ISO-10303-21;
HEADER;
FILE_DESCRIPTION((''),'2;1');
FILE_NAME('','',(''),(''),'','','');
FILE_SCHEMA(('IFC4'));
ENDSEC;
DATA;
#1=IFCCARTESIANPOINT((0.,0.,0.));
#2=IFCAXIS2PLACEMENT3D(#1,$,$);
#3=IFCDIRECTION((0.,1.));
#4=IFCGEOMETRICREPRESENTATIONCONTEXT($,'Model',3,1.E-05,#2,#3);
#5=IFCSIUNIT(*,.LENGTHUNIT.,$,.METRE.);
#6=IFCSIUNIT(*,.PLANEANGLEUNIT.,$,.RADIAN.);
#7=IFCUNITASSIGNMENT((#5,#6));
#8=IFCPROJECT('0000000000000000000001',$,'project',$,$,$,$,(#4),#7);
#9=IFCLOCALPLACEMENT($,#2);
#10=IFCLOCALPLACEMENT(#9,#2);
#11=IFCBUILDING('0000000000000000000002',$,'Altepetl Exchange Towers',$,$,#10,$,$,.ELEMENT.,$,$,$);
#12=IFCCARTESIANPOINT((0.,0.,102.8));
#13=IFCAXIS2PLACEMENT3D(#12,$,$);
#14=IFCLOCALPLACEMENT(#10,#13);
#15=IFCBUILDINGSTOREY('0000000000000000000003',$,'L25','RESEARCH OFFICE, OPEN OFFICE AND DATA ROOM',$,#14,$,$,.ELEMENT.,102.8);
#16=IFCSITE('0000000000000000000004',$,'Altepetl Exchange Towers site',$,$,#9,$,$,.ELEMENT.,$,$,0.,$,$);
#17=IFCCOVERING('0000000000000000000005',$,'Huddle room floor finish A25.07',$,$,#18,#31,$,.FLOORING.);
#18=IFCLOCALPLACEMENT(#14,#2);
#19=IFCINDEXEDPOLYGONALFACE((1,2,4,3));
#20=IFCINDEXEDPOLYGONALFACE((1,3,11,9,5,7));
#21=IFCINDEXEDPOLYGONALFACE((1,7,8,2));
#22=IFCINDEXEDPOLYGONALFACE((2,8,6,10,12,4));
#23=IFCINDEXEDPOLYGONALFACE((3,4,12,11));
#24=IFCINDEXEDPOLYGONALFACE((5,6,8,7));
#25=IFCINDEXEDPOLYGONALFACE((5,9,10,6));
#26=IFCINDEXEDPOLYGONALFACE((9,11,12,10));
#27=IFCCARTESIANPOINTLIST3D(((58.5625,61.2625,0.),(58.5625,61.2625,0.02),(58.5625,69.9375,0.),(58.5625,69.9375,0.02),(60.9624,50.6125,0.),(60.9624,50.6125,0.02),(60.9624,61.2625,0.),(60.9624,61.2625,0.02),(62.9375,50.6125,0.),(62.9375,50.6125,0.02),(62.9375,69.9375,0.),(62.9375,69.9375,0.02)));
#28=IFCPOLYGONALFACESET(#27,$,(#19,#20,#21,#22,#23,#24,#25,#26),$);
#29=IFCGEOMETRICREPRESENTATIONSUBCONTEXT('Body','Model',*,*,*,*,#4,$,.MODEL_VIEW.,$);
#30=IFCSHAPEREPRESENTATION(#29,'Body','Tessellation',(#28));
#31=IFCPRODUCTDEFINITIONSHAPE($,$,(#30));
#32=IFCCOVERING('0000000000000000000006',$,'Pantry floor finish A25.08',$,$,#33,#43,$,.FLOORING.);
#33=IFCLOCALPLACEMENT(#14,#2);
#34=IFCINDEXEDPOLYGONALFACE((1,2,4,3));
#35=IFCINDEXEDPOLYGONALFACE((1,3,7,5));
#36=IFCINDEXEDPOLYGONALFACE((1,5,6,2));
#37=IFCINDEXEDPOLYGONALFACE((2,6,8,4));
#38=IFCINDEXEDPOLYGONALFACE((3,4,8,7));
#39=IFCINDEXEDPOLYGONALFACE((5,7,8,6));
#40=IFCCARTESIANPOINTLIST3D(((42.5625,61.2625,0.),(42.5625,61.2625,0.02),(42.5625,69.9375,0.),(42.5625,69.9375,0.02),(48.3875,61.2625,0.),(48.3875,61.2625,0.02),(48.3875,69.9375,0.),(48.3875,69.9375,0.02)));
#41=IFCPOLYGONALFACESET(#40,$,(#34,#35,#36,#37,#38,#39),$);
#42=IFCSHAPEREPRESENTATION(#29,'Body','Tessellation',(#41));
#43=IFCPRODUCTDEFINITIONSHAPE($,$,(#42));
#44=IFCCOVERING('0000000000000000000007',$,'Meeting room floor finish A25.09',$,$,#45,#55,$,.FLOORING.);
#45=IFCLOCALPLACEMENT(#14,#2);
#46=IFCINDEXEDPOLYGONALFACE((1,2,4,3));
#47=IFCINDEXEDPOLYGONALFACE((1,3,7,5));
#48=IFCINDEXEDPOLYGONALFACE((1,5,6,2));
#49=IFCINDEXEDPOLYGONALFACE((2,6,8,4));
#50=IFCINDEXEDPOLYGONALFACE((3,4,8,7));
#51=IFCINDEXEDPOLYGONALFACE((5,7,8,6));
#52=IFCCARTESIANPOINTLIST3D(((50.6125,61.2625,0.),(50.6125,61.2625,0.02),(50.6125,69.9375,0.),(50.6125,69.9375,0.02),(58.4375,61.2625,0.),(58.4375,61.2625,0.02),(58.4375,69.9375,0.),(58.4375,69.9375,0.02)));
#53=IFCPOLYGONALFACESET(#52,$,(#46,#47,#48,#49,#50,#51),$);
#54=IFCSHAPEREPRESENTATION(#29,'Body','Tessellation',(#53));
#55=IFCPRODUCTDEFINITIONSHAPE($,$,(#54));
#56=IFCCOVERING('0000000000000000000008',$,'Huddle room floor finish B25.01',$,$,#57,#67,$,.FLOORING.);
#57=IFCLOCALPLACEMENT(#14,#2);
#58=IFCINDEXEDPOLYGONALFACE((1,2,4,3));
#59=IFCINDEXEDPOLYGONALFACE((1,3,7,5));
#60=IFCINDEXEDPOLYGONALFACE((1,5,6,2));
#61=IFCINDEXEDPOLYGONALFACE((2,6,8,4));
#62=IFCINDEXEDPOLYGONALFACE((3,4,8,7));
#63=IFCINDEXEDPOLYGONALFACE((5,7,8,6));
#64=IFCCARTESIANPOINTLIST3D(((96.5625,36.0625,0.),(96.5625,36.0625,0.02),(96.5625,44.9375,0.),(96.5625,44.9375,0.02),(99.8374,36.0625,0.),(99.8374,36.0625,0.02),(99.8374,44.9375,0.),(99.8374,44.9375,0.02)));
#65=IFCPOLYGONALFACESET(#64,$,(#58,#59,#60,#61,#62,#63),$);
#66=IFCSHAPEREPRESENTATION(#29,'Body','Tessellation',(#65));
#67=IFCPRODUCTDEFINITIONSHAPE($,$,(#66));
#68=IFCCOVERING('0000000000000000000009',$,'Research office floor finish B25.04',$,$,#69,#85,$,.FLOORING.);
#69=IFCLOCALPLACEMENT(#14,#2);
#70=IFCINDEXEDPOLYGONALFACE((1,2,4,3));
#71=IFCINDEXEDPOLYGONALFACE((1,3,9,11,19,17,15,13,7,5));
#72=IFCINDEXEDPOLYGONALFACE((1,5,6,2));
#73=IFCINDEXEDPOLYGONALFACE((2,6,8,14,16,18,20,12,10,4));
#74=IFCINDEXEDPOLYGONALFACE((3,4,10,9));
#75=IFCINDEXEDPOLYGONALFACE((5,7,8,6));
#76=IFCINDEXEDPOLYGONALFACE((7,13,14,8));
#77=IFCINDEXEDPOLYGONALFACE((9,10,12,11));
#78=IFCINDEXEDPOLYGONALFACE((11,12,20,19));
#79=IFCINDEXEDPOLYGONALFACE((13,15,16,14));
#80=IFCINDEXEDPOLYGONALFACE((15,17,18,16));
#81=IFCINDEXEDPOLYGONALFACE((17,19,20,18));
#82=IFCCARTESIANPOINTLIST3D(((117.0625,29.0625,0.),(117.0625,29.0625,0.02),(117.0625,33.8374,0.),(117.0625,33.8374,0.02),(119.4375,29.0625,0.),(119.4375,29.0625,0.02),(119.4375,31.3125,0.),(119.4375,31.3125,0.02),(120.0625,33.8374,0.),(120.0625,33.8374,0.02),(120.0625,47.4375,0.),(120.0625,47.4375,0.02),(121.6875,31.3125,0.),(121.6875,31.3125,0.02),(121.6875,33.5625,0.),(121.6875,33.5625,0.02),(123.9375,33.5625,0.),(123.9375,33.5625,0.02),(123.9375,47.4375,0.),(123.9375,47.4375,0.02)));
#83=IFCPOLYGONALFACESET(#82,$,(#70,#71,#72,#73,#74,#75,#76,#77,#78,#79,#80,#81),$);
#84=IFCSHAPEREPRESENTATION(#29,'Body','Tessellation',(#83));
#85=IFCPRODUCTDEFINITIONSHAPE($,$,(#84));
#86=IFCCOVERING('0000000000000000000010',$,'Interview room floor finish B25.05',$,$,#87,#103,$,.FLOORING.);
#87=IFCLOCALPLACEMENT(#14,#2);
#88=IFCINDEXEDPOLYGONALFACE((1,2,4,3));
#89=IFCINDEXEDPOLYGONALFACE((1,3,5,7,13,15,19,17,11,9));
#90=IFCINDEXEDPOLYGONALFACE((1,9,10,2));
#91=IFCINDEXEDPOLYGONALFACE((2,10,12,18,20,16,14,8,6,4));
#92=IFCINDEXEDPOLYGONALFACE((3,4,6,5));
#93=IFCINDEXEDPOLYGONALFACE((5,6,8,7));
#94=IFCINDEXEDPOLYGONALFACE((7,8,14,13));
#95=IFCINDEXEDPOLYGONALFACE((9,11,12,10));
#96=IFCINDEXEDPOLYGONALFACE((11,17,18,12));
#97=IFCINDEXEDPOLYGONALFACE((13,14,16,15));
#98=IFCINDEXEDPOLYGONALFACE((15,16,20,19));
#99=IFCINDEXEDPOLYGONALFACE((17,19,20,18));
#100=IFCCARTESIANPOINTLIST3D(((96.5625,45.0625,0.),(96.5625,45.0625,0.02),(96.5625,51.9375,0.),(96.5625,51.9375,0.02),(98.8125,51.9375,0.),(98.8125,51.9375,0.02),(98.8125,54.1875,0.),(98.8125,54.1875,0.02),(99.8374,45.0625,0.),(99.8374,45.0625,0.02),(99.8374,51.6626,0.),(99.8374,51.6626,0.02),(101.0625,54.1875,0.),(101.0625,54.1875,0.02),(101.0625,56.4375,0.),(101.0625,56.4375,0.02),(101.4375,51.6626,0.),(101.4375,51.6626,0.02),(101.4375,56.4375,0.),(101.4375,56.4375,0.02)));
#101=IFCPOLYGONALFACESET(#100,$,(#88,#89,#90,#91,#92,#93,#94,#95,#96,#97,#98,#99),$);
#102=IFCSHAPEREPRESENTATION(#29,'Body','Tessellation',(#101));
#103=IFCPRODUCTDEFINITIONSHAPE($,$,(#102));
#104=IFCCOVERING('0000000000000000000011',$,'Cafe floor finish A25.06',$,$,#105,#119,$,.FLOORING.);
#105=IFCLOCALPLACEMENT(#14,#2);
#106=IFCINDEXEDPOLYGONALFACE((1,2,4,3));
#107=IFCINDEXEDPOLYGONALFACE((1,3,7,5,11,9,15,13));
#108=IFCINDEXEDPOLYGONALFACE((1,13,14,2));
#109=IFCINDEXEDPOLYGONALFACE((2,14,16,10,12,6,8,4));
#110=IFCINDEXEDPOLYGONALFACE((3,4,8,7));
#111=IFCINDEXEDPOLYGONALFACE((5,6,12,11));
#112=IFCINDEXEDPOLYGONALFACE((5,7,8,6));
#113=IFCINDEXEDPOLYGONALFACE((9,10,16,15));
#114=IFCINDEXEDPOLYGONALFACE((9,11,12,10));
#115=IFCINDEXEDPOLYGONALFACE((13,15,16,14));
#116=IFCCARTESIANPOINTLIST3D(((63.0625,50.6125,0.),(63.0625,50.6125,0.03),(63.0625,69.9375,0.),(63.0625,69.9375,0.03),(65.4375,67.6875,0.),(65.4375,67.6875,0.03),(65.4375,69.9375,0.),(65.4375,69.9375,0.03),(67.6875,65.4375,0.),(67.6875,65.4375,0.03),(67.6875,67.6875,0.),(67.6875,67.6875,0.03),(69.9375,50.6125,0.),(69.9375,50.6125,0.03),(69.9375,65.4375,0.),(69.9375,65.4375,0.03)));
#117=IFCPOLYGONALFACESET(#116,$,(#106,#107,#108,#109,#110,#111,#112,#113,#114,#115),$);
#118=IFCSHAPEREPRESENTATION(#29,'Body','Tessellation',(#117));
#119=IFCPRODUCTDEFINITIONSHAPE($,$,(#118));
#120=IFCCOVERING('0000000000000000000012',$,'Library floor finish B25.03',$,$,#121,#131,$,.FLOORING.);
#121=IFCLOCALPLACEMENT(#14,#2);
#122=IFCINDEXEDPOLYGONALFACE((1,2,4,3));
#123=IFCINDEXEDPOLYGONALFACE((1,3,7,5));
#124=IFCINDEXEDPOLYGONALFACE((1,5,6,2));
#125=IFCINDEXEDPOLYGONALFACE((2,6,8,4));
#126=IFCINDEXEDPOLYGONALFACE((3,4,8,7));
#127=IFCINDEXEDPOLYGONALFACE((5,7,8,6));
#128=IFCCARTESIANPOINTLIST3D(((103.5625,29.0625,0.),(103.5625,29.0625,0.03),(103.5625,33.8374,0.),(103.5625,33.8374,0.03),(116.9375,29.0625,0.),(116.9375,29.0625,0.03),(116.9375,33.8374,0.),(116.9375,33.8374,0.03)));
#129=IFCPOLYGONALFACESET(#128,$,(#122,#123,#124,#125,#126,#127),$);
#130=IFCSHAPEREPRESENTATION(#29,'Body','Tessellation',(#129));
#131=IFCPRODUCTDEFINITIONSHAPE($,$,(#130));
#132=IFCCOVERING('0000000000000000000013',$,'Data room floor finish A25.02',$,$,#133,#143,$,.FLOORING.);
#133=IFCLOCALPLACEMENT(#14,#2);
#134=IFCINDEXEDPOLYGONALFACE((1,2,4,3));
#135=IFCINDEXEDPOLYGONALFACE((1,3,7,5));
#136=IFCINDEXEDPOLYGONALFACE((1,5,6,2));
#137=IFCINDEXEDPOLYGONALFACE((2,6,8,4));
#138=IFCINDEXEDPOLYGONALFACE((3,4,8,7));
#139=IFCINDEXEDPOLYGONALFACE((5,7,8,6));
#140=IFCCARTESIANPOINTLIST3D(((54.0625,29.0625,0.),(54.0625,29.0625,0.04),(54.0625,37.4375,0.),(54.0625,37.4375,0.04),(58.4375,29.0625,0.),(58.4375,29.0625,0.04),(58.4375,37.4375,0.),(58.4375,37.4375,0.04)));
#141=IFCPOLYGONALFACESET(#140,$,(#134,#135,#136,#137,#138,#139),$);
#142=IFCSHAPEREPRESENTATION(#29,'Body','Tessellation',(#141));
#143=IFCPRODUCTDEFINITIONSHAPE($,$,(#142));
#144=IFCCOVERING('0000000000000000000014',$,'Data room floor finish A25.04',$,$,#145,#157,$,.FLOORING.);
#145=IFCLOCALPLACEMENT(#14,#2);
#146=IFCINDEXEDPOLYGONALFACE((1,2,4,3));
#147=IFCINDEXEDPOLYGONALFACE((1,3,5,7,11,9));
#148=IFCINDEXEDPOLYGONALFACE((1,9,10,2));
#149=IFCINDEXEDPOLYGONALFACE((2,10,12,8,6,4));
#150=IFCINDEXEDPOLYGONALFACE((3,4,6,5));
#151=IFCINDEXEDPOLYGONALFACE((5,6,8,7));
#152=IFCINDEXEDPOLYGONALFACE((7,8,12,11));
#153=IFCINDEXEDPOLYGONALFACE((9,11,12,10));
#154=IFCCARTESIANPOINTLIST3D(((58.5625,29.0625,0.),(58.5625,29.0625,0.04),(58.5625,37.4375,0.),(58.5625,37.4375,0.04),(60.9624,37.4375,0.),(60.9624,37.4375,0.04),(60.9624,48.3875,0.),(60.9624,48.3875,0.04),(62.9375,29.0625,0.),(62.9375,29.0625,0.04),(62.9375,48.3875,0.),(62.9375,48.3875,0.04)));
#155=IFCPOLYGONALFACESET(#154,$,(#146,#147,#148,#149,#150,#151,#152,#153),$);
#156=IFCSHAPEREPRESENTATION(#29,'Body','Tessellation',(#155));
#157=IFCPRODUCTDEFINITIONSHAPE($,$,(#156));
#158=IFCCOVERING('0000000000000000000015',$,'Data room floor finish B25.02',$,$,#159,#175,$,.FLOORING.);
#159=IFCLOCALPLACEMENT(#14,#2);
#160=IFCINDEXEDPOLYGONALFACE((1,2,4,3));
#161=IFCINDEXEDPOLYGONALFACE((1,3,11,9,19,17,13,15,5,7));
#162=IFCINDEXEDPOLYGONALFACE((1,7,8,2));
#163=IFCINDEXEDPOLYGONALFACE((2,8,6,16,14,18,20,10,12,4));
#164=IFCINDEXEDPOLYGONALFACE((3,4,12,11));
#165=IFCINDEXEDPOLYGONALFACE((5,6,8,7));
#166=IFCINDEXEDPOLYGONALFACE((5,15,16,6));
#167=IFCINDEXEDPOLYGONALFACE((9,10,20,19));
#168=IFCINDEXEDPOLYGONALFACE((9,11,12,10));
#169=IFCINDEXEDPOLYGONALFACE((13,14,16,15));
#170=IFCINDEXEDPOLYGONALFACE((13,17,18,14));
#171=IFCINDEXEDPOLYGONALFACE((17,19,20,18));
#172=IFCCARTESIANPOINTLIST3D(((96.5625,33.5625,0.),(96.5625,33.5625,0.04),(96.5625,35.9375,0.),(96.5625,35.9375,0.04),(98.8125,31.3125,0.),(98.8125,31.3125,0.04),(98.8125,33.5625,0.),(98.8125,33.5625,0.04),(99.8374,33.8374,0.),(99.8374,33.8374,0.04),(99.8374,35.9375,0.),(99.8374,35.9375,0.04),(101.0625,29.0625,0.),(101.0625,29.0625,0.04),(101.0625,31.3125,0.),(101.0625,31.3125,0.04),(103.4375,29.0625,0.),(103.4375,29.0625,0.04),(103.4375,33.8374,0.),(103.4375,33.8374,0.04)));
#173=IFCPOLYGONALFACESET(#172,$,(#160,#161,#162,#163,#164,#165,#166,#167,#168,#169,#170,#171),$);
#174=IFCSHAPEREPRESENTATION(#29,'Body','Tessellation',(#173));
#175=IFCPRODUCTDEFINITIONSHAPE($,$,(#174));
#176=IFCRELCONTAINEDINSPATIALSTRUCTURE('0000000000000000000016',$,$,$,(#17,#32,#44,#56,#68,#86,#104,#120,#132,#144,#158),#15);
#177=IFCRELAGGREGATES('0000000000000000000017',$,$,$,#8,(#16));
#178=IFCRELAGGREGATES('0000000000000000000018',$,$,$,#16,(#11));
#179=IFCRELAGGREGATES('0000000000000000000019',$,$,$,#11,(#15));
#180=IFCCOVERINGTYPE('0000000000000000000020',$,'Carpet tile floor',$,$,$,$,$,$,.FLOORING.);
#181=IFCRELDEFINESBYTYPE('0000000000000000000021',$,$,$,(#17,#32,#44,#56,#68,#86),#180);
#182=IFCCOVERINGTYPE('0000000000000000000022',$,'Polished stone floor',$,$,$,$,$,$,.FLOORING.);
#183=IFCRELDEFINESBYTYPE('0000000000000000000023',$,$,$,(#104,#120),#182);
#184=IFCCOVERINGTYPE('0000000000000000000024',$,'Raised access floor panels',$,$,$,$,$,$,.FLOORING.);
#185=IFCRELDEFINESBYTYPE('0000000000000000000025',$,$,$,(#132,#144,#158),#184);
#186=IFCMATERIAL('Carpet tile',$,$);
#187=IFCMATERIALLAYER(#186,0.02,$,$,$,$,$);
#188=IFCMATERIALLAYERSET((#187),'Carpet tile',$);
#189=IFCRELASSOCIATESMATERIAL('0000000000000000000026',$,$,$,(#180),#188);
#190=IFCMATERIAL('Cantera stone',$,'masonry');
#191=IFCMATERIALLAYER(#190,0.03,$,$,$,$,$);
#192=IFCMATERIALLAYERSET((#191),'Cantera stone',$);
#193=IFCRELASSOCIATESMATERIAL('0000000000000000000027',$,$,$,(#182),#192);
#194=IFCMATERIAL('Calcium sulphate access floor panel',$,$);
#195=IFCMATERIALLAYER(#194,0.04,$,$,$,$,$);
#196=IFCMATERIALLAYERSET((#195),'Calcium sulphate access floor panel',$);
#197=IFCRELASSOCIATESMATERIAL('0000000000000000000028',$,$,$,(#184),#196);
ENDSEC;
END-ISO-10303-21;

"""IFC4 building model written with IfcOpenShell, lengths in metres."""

from ifc_helpers import new_model, si_unit, direction, frame, origin, place, context, subcontext, project, spatial, polyline, outline, extrude, material, layer, layer_set, type_object, element, save


model = new_model("IFC4")

# Units and contexts
model_context = context("Model", 3, precision=1e-05, world=origin(), true_north=direction((0.0, 1.0)))
body_context = subcontext(model_context, "Body", "Model", "MODEL_VIEW")
ifc_project = project(units=[si_unit("LENGTHUNIT", "METRE"), si_unit("PLANEANGLEUNIT", "RADIAN")], contexts=[model_context])

# Site, building, storey
site_placement = place(None, origin())
site = spatial("IfcSite", under=ifc_project, at=site_placement, Name="Altepetl Exchange Towers site", CompositionType="ELEMENT", RefElevation=0.0)
building_placement = place(site_placement, origin())
building = spatial("IfcBuilding", under=site, at=building_placement, Name="Altepetl Exchange Towers", CompositionType="ELEMENT")
storey_placement = place(building_placement, frame((0.0, 0.0, 102.8)))
storey = spatial("IfcBuildingStorey", under=building, at=storey_placement, Name="L25", Description="RESEARCH OFFICE, OPEN OFFICE AND DATA ROOM", CompositionType="ELEMENT", Elevation=102.8)

# Coverings
ifc_material_1 = material(Name="Carpet tile")
ifc_layer_1 = layer(ifc_material_1, 0.02)
ifc_layer_set_1 = layer_set([ifc_layer_1], Name="Carpet tile")
covering_type_1 = type_object("IfcCoveringType", Name="Carpet tile floor", PredefinedType="FLOORING", material=ifc_layer_set_1)
covering_1_placement = place(storey_placement, origin())
element("IfcCovering", 1, at=covering_1_placement, inside=storey, type_object=covering_type_1, Name="Huddle room floor finish A25.07", PredefinedType="FLOORING", context=body_context, shape_type="SweptSolid", body=[
    extrude(outline(polyline([(62.9375, 50.6125), (62.9375, 69.9375), (58.5625, 69.9375), (58.5625, 61.2625), (60.9624, 61.2625), (60.9624, 50.6125), (62.9375, 50.6125)])), origin(), (0.0, 0.0, 1.0), 0.02),
])
covering_2_placement = place(storey_placement, origin())
element("IfcCovering", 2, at=covering_2_placement, inside=storey, type_object=covering_type_1, Name="Pantry floor finish A25.08", PredefinedType="FLOORING", context=body_context, shape_type="SweptSolid", body=[
    extrude(outline(polyline([(42.5625, 61.2625), (48.3875, 61.2625), (48.3875, 69.9375), (42.5625, 69.9375), (42.5625, 61.2625)])), origin(), (0.0, 0.0, 1.0), 0.02),
])
covering_3_placement = place(storey_placement, origin())
element("IfcCovering", 3, at=covering_3_placement, inside=storey, type_object=covering_type_1, Name="Meeting room floor finish A25.09", PredefinedType="FLOORING", context=body_context, shape_type="SweptSolid", body=[
    extrude(outline(polyline([(58.4375, 61.2625), (58.4375, 69.9375), (50.6125, 69.9375), (50.6125, 61.2625), (58.4375, 61.2625)])), origin(), (0.0, 0.0, 1.0), 0.02),
])
covering_4_placement = place(storey_placement, origin())
element("IfcCovering", 4, at=covering_4_placement, inside=storey, type_object=covering_type_1, Name="Huddle room floor finish B25.01", PredefinedType="FLOORING", context=body_context, shape_type="SweptSolid", body=[
    extrude(outline(polyline([(99.8374, 44.9375), (96.5625, 44.9375), (96.5625, 36.0625), (99.8374, 36.0625), (99.8374, 44.9375)])), origin(), (0.0, 0.0, 1.0), 0.02),
])
covering_5_placement = place(storey_placement, origin())
element("IfcCovering", 5, at=covering_5_placement, inside=storey, type_object=covering_type_1, Name="Research office floor finish B25.04", PredefinedType="FLOORING", context=body_context, shape_type="SweptSolid", body=[
    extrude(outline(polyline([(117.0625, 33.8374), (117.0625, 29.0625), (119.4375, 29.0625), (119.4375, 31.3125), (121.6875, 31.3125), (121.6875, 33.5625), (123.9375, 33.5625), (123.9375, 47.4375), (120.0625, 47.4375), (120.0625, 33.8374), (117.0625, 33.8374)])), origin(), (0.0, 0.0, 1.0), 0.02),
])
covering_6_placement = place(storey_placement, origin())
element("IfcCovering", 6, at=covering_6_placement, inside=storey, type_object=covering_type_1, Name="Interview room floor finish B25.05", PredefinedType="FLOORING", context=body_context, shape_type="SweptSolid", body=[
    extrude(outline(polyline([(101.0625, 54.1875), (98.8125, 54.1875), (98.8125, 51.9375), (96.5625, 51.9375), (96.5625, 45.0625), (99.8374, 45.0625), (99.8374, 51.6626), (101.4375, 51.6626), (101.4375, 56.4375), (101.0625, 56.4375), (101.0625, 54.1875)])), origin(), (0.0, 0.0, 1.0), 0.02),
])
ifc_material_2 = material(Name="Cantera stone", Category="masonry")
ifc_layer_2 = layer(ifc_material_2, 0.03)
ifc_layer_set_2 = layer_set([ifc_layer_2], Name="Cantera stone")
covering_type_2 = type_object("IfcCoveringType", Name="Polished stone floor", PredefinedType="FLOORING", material=ifc_layer_set_2)
covering_7_placement = place(storey_placement, origin())
element("IfcCovering", 7, at=covering_7_placement, inside=storey, type_object=covering_type_2, Name="Cafe floor finish A25.06", PredefinedType="FLOORING", context=body_context, shape_type="SweptSolid", body=[
    extrude(outline(polyline([(67.6875, 67.6875), (65.4375, 67.6875), (65.4375, 69.9375), (63.0625, 69.9375), (63.0625, 50.6125), (69.9375, 50.6125), (69.9375, 65.4375), (67.6875, 65.4375), (67.6875, 67.6875)])), origin(), (0.0, 0.0, 1.0), 0.03),
])
covering_8_placement = place(storey_placement, origin())
element("IfcCovering", 8, at=covering_8_placement, inside=storey, type_object=covering_type_2, Name="Library floor finish B25.03", PredefinedType="FLOORING", context=body_context, shape_type="SweptSolid", body=[
    extrude(outline(polyline([(103.5625, 33.8374), (103.5625, 29.0625), (116.9375, 29.0625), (116.9375, 33.8374), (103.5625, 33.8374)])), origin(), (0.0, 0.0, 1.0), 0.03),
])
ifc_material_3 = material(Name="Calcium sulphate access floor panel")
ifc_layer_3 = layer(ifc_material_3, 0.04)
ifc_layer_set_3 = layer_set([ifc_layer_3], Name="Calcium sulphate access floor panel")
covering_type_3 = type_object("IfcCoveringType", Name="Raised access floor panels", PredefinedType="FLOORING", material=ifc_layer_set_3)
covering_9_placement = place(storey_placement, origin())
element("IfcCovering", 9, at=covering_9_placement, inside=storey, type_object=covering_type_3, Name="Data room floor finish A25.02", PredefinedType="FLOORING", context=body_context, shape_type="SweptSolid", body=[
    extrude(outline(polyline([(58.4375, 29.0625), (58.4375, 37.4375), (54.0625, 37.4375), (54.0625, 29.0625), (58.4375, 29.0625)])), origin(), (0.0, 0.0, 1.0), 0.04),
])
covering_10_placement = place(storey_placement, origin())
element("IfcCovering", 10, at=covering_10_placement, inside=storey, type_object=covering_type_3, Name="Data room floor finish A25.04", PredefinedType="FLOORING", context=body_context, shape_type="SweptSolid", body=[
    extrude(outline(polyline([(62.9375, 29.0625), (62.9375, 48.3875), (60.9624, 48.3875), (60.9624, 37.4375), (58.5625, 37.4375), (58.5625, 29.0625), (62.9375, 29.0625)])), origin(), (0.0, 0.0, 1.0), 0.04),
])
covering_11_placement = place(storey_placement, origin())
element("IfcCovering", 11, at=covering_11_placement, inside=storey, type_object=covering_type_3, Name="Data room floor finish B25.02", PredefinedType="FLOORING", context=body_context, shape_type="SweptSolid", body=[
    extrude(outline(polyline([(99.8374, 35.9375), (96.5625, 35.9375), (96.5625, 33.5625), (98.8125, 33.5625), (98.8125, 31.3125), (101.0625, 31.3125), (101.0625, 29.0625), (103.4375, 29.0625), (103.4375, 33.8374), (99.8374, 33.8374), (99.8374, 35.9375)])), origin(), (0.0, 0.0, 1.0), 0.04),
])

save(model, "model.ifc")
